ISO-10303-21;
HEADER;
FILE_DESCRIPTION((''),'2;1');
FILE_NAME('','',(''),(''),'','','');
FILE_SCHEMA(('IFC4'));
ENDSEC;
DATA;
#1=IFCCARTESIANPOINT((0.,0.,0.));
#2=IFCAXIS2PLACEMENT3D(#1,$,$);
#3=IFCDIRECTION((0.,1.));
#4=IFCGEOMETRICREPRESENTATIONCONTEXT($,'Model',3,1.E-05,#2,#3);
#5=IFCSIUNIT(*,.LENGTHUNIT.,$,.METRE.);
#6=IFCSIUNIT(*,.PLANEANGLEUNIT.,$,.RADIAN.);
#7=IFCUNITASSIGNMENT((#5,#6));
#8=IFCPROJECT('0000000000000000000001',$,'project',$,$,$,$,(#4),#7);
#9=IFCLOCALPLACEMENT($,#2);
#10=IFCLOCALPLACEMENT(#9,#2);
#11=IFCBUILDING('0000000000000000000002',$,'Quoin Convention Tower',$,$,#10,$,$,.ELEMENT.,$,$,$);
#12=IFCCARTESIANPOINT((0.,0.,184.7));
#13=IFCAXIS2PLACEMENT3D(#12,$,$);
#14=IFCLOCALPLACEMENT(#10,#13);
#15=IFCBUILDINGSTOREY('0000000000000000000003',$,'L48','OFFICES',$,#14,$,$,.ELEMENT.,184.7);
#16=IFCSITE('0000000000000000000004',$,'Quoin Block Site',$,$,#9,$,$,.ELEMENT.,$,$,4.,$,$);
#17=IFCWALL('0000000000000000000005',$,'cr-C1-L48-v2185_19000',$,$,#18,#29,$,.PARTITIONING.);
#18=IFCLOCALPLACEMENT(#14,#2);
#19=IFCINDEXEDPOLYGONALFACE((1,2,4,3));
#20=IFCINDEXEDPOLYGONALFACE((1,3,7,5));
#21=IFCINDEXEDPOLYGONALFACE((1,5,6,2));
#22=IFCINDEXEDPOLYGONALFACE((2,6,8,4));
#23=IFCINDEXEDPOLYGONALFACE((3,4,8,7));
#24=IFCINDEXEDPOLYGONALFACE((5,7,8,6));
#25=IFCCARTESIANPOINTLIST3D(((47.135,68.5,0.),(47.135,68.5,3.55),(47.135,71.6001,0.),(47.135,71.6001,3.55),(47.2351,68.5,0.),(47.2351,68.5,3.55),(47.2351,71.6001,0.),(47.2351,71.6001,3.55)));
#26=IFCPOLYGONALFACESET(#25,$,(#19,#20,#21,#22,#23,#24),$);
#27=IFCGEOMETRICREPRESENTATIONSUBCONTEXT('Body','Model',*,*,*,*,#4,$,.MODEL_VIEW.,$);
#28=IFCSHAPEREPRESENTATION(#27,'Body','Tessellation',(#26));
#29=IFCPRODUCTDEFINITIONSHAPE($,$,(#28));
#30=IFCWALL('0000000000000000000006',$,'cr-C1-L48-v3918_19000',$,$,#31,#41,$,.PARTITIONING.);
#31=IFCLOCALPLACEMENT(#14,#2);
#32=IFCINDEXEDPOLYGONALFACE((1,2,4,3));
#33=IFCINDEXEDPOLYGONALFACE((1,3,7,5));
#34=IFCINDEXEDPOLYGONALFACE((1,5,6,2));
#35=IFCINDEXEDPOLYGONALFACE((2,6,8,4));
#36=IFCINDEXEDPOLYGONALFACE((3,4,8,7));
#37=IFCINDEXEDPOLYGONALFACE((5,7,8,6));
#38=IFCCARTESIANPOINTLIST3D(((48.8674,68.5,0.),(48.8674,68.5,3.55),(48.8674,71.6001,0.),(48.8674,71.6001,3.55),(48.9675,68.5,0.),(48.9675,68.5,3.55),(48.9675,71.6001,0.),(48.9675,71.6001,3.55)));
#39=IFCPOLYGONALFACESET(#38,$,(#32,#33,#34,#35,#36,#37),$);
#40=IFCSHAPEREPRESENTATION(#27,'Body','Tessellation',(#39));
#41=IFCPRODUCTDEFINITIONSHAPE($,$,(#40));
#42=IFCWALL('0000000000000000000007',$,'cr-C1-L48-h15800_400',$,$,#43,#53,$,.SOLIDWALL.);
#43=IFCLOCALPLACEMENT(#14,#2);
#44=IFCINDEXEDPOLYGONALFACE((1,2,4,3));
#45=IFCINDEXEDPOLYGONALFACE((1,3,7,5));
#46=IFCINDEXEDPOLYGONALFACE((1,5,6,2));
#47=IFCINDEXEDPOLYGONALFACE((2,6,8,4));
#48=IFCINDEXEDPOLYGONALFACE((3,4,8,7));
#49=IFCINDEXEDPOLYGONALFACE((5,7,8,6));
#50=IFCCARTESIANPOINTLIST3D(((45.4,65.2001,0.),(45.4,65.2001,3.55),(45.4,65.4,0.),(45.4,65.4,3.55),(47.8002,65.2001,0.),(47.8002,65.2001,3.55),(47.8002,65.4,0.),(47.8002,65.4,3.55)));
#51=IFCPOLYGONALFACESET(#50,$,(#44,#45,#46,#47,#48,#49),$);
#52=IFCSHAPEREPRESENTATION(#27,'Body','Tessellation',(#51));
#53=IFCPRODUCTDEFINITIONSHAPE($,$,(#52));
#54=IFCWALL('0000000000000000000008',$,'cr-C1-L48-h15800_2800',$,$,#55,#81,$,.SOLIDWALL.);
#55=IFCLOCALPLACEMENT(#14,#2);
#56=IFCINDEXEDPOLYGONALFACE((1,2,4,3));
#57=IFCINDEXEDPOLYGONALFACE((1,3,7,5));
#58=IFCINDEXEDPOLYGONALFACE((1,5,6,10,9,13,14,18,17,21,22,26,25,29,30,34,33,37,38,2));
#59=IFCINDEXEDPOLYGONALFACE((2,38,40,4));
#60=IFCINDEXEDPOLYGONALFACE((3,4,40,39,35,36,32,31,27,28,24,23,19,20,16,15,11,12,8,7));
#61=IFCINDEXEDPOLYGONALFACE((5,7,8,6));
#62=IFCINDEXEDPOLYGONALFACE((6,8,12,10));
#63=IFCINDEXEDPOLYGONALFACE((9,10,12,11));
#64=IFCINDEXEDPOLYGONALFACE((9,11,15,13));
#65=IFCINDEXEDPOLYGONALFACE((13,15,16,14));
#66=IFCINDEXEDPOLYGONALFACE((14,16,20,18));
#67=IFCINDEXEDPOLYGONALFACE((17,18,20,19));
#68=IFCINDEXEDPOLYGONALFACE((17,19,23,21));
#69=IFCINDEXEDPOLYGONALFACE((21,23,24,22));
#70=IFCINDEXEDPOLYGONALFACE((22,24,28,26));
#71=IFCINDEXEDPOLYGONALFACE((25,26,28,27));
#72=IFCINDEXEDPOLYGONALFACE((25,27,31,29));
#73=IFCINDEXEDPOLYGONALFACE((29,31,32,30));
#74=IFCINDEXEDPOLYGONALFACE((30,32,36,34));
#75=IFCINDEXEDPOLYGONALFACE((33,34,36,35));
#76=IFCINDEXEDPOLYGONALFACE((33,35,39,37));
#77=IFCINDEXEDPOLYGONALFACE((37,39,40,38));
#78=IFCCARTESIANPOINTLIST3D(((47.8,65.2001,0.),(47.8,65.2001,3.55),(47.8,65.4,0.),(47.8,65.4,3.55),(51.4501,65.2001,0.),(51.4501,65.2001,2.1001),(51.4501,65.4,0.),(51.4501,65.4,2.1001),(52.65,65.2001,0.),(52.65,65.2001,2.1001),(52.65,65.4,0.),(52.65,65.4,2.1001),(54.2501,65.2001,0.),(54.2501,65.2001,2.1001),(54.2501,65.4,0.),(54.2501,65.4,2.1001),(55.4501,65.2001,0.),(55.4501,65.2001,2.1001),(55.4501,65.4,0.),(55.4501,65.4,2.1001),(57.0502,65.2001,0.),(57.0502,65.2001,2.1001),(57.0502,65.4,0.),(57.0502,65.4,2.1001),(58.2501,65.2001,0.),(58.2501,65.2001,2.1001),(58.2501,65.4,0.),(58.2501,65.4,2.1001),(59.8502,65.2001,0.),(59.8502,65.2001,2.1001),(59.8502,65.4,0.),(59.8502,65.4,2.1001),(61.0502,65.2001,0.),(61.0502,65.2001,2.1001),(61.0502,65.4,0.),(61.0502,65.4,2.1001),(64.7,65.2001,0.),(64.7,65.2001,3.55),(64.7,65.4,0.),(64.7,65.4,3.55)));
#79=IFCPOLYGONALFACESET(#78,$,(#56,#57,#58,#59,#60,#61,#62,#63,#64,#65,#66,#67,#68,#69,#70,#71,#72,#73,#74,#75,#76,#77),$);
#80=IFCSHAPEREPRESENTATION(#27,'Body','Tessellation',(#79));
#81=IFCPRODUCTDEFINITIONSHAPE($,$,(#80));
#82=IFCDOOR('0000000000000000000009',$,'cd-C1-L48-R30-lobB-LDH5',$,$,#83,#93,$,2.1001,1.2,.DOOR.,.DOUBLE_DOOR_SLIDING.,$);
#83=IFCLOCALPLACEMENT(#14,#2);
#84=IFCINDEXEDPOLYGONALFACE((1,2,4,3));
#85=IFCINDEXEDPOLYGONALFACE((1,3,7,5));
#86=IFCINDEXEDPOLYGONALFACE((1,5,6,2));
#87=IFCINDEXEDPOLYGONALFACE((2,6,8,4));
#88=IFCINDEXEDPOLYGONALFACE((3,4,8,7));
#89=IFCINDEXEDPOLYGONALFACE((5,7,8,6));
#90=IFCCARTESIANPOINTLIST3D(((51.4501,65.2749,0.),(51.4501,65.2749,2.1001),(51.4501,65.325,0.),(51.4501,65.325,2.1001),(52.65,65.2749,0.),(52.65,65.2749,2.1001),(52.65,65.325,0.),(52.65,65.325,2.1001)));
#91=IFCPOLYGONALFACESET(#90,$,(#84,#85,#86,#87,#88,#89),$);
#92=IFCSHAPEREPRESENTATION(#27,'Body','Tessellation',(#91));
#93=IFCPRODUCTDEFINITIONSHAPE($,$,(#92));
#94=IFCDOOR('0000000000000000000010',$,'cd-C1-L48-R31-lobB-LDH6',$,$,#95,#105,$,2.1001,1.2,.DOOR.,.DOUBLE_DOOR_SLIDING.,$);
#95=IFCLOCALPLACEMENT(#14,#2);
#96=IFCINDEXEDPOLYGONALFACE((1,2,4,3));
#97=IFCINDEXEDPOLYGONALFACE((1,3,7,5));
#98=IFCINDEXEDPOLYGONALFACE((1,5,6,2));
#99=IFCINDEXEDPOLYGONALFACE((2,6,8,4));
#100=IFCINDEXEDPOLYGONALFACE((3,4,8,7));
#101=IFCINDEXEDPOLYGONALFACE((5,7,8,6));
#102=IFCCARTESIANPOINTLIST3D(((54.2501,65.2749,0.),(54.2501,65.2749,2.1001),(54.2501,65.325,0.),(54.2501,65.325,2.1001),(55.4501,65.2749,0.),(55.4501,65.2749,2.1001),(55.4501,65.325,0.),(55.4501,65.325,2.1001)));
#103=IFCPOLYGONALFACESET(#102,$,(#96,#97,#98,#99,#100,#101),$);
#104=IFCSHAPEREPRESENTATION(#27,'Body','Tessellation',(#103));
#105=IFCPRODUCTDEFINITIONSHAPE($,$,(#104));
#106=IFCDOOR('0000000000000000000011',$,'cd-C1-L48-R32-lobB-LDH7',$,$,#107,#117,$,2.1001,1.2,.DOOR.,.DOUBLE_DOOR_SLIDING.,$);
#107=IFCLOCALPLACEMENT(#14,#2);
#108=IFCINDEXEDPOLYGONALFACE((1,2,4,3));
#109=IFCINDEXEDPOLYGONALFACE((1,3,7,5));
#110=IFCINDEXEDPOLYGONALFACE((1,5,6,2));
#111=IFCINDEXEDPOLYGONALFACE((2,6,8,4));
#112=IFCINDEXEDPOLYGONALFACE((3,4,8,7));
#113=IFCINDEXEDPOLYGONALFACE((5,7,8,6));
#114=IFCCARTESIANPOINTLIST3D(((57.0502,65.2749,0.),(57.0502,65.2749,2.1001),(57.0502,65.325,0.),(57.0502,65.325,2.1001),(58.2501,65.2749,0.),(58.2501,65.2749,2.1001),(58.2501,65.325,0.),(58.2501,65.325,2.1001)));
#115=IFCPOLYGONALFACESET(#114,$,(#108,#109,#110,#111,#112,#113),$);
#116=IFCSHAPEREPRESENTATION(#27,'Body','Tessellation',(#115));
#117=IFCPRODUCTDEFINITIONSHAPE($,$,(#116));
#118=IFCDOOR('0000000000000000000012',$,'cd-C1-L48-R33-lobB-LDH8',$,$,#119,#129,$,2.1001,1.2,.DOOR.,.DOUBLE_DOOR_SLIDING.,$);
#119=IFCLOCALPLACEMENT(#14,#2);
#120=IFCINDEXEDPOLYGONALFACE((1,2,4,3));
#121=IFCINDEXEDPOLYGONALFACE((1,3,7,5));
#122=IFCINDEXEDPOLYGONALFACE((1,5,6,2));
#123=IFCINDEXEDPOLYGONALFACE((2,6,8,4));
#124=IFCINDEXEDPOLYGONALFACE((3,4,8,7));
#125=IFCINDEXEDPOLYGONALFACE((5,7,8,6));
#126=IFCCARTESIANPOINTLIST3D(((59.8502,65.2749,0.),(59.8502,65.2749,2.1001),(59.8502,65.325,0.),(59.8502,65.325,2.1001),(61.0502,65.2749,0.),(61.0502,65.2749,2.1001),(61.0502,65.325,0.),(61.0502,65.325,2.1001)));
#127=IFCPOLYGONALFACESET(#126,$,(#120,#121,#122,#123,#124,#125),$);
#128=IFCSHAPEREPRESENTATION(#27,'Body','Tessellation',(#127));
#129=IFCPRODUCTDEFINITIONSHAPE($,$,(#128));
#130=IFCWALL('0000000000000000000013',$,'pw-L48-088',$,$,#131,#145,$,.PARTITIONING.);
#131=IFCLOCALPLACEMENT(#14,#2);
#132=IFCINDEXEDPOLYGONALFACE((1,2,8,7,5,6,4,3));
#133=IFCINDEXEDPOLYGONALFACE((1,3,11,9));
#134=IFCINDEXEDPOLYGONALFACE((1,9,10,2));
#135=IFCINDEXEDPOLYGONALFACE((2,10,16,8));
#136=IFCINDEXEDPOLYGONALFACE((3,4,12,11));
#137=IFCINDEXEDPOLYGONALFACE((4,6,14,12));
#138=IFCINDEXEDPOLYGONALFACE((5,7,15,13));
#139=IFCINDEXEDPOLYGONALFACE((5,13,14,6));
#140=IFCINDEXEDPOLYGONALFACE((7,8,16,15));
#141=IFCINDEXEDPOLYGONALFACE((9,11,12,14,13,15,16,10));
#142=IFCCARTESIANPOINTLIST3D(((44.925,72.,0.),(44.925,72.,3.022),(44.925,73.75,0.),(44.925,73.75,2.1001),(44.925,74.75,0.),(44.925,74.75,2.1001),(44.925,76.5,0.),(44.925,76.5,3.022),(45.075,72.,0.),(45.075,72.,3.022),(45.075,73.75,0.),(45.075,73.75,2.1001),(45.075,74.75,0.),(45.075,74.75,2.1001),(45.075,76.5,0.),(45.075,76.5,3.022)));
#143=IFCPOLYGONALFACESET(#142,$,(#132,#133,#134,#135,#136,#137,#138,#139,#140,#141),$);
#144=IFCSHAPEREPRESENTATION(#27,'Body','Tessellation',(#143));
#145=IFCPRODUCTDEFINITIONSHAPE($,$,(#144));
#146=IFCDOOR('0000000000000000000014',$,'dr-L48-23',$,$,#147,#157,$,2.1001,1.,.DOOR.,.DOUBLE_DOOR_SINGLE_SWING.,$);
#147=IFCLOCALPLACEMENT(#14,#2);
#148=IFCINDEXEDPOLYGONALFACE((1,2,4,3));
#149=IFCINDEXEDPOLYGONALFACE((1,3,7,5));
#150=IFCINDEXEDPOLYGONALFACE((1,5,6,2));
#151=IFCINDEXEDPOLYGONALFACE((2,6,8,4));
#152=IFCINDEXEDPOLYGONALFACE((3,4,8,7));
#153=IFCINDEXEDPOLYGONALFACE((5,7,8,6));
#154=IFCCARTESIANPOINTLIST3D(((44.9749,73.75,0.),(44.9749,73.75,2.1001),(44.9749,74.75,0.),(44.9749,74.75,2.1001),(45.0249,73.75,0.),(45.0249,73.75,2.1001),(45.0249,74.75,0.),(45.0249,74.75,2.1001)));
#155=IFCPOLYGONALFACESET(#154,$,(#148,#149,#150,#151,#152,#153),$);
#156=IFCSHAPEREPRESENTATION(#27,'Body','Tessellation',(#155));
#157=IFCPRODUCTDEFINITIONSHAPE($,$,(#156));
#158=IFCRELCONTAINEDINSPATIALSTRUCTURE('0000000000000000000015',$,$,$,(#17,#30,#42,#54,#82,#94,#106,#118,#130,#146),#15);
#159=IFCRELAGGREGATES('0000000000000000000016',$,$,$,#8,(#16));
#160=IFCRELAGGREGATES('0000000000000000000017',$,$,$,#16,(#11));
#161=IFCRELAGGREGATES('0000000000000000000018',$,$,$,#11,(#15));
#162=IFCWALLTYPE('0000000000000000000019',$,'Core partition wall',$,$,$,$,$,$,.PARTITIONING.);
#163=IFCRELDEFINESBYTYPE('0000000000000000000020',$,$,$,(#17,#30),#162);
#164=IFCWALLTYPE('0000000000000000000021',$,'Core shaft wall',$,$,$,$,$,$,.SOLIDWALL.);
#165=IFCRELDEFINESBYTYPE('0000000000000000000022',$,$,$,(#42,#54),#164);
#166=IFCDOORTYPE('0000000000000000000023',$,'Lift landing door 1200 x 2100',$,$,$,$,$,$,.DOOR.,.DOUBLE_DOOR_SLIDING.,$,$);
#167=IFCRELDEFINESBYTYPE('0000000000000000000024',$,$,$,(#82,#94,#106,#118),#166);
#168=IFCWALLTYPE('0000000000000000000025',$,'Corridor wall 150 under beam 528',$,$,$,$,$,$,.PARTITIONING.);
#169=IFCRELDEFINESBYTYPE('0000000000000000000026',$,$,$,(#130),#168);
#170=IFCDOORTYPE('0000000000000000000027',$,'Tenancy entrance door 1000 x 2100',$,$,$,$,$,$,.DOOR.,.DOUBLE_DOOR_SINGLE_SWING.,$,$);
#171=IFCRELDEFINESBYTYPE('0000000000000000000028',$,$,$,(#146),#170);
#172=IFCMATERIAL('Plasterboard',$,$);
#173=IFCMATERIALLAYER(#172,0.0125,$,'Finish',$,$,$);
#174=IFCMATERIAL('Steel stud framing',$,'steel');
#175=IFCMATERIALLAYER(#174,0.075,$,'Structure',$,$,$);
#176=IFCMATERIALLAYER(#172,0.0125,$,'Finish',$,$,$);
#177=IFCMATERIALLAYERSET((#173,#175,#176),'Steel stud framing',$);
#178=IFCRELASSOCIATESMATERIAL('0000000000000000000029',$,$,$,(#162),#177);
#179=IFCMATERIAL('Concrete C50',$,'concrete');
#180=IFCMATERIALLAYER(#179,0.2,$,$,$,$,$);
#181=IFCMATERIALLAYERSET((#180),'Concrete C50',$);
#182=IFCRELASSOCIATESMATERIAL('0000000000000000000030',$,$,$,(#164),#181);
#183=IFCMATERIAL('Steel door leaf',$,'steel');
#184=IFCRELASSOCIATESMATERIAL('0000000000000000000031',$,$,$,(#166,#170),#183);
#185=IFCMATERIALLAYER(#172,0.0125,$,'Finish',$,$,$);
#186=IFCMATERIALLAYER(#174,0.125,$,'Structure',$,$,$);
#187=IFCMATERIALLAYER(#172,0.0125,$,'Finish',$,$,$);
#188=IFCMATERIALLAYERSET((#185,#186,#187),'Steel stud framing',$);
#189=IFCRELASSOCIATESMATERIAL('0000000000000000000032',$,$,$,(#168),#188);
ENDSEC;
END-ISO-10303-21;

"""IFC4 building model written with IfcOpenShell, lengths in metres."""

from ifc_helpers import new_model, si_unit, direction, frame, frame_2d, origin, place, context, subcontext, project, spatial, rectangle, extrude, material, layer, layer_set, type_object, element, fill, save


model = new_model("IFC4")

# Units and contexts
model_context = context("Model", 3, precision=1e-05, world=origin(), true_north=direction((0.0, 1.0)))
body_context = subcontext(model_context, "Body", "Model", "MODEL_VIEW")
ifc_project = project(units=[si_unit("LENGTHUNIT", "METRE"), si_unit("PLANEANGLEUNIT", "RADIAN")], contexts=[model_context])

# Site, building, storey
site_placement = place(None, origin())
site = spatial("IfcSite", under=ifc_project, at=site_placement, Name="Quoin Block Site", CompositionType="ELEMENT", RefElevation=4.0)
building_placement = place(site_placement, origin())
building = spatial("IfcBuilding", under=site, at=building_placement, Name="Quoin Convention Tower", CompositionType="ELEMENT")
storey_placement = place(building_placement, frame((0.0, 0.0, 184.7)))
storey = spatial("IfcBuildingStorey", under=building, at=storey_placement, Name="L48", Description="OFFICES", CompositionType="ELEMENT", Elevation=184.7)

# Shared definitions
ifc_material_1 = material(Name="Plasterboard")
ifc_material_2 = material(Name="Steel stud framing", Category="steel")
ifc_material_3 = material(Name="Steel door leaf", Category="steel")

# Shared definitions
ifc_layer_1 = layer(ifc_material_1, 0.0125, Name="Finish")
ifc_layer_2 = layer(ifc_material_2, 0.075, Name="Structure")
ifc_layer_3 = layer(ifc_material_1, 0.0125, Name="Finish")
ifc_layer_set_1 = layer_set([ifc_layer_1, ifc_layer_2, ifc_layer_3], Name="Steel stud framing")
wall_type_1 = type_object("IfcWallType", Name="Core partition wall", PredefinedType="PARTITIONING", material=ifc_layer_set_1)

# Walls
for number, where, z_axis, x_axis, name in (
    (1, (47.1851, 68.5, 0.0), (0.0, 0.0, 1.0), (0.0, 1.0, 0.0), "cr-C1-L48-v2185_19000"),
    (2, (48.9175, 68.5, 0.0), (0.0, 0.0, 1.0), (0.0, 1.0, 0.0), "cr-C1-L48-v3918_19000"),
):
    element("IfcWall", number, at=place(storey_placement, frame(where, z_axis=z_axis, x_axis=x_axis)), inside=storey, type_object=wall_type_1, Name=name, PredefinedType="PARTITIONING", context=body_context, shape_type="SweptSolid", body=[
        extrude(rectangle(XDim=3.1001, YDim=0.1001, at=frame_2d((1.55, 0.0))), origin(), (0.0, 0.0, 1.0), 3.55),
    ])
ifc_material_4 = material(Name="Concrete C50", Category="concrete")
ifc_layer_4 = layer(ifc_material_4, 0.2)
ifc_layer_set_2 = layer_set([ifc_layer_4], Name="Concrete C50")
wall_type_2 = type_object("IfcWallType", Name="Core shaft wall", PredefinedType="SOLIDWALL", material=ifc_layer_set_2)
wall_1_placement = place(storey_placement, frame((45.3999, 65.3, 0.0), z_axis=(0.0, 0.0, 1.0), x_axis=(1.0, 0.0, 0.0)))
element("IfcWall", 3, at=wall_1_placement, inside=storey, type_object=wall_type_2, Name="cr-C1-L48-h15800_400", PredefinedType="SOLIDWALL", context=body_context, shape_type="SweptSolid", body=[
    extrude(rectangle(XDim=2.4001, YDim=0.2, at=frame_2d((1.2002, 0.0))), origin(), (0.0, 0.0, 1.0), 3.55),
])

# Wall, openings, doors
wall_2_placement = place(storey_placement, frame((47.8, 65.3, 0.0), z_axis=(0.0, 0.0, 1.0), x_axis=(1.0, 0.0, 0.0)))
wall_2 = element("IfcWall", 4, at=wall_2_placement, inside=storey, type_object=wall_type_2, Name="cr-C1-L48-h15800_2800", PredefinedType="SOLIDWALL", context=body_context, shape_type="SweptSolid", body=[
    extrude(rectangle(XDim=16.8999, YDim=0.2, at=frame_2d((8.45, 0.0))), origin(), (0.0, 0.0, 1.0), 3.55),
])
opening_1_placement = place(wall_2_placement, frame((3.6499, 0.0, 0.0)))
opening_1 = element("IfcOpeningElement", 5, at=opening_1_placement, cuts=wall_2, PredefinedType="OPENING", context=body_context, shape_type="SweptSolid", body=[
    extrude(rectangle(XDim=1.2, YDim=2.1001, at=frame_2d((0.6001, 1.05))), frame((0.0, 0.1099, 0.0), z_axis=(0.0, -1.0, 0.0), x_axis=(1.0, 0.0, 0.0)), (0.0, 0.0, 1.0), 0.22),
])
opening_2_placement = place(wall_2_placement, frame((6.45, 0.0, 0.0)))
opening_2 = element("IfcOpeningElement", 6, at=opening_2_placement, cuts=wall_2, PredefinedType="OPENING", context=body_context, shape_type="SweptSolid", body=[
    extrude(rectangle(XDim=1.2, YDim=2.1001, at=frame_2d((0.6001, 1.05))), frame((0.0, 0.1099, 0.0), z_axis=(0.0, -1.0, 0.0), x_axis=(1.0, 0.0, 0.0)), (0.0, 0.0, 1.0), 0.22),
])
opening_3_placement = place(wall_2_placement, frame((9.25, 0.0, 0.0)))
opening_3 = element("IfcOpeningElement", 7, at=opening_3_placement, cuts=wall_2, PredefinedType="OPENING", context=body_context, shape_type="SweptSolid", body=[
    extrude(rectangle(XDim=1.2, YDim=2.1001, at=frame_2d((0.6001, 1.05))), frame((0.0, 0.1099, 0.0), z_axis=(0.0, -1.0, 0.0), x_axis=(1.0, 0.0, 0.0)), (0.0, 0.0, 1.0), 0.22),
])
opening_4_placement = place(wall_2_placement, frame((12.05, 0.0, 0.0)))
opening_4 = element("IfcOpeningElement", 8, at=opening_4_placement, cuts=wall_2, PredefinedType="OPENING", context=body_context, shape_type="SweptSolid", body=[
    extrude(rectangle(XDim=1.2, YDim=2.1001, at=frame_2d((0.6001, 1.05))), frame((0.0, 0.1099, 0.0), z_axis=(0.0, -1.0, 0.0), x_axis=(1.0, 0.0, 0.0)), (0.0, 0.0, 1.0), 0.22),
])
door_type_1 = type_object("IfcDoorType", Name="Lift landing door 1200 x 2100", OperationType="DOUBLE_DOOR_SLIDING", PredefinedType="DOOR", material=ifc_material_3)
door_1_placement = place(opening_1_placement, origin())
door_1 = element("IfcDoor", 9, at=door_1_placement, inside=storey, type_object=door_type_1, Name="cd-C1-L48-R30-lobB-LDH5", OperationType="DOUBLE_DOOR_SLIDING", OverallHeight=2.1001, OverallWidth=1.2, PredefinedType="DOOR", context=body_context, shape_type="SweptSolid", body=[
    extrude(rectangle(XDim=1.2, YDim=2.1001, at=frame_2d((0.6001, 1.05))), frame((0.0, 0.0249, 0.0), z_axis=(0.0, -1.0, 0.0), x_axis=(1.0, 0.0, 0.0)), (0.0, 0.0, 1.0), 0.05),
])
fill(opening_1, door_1)
door_2_placement = place(opening_2_placement, origin())
door_2 = element("IfcDoor", 10, at=door_2_placement, inside=storey, type_object=door_type_1, Name="cd-C1-L48-R31-lobB-LDH6", OperationType="DOUBLE_DOOR_SLIDING", OverallHeight=2.1001, OverallWidth=1.2, PredefinedType="DOOR", context=body_context, shape_type="SweptSolid", body=[
    extrude(rectangle(XDim=1.2, YDim=2.1001, at=frame_2d((0.6001, 1.05))), frame((0.0, 0.0249, 0.0), z_axis=(0.0, -1.0, 0.0), x_axis=(1.0, 0.0, 0.0)), (0.0, 0.0, 1.0), 0.05),
])
fill(opening_2, door_2)
door_3_placement = place(opening_3_placement, origin())
door_3 = element("IfcDoor", 11, at=door_3_placement, inside=storey, type_object=door_type_1, Name="cd-C1-L48-R32-lobB-LDH7", OperationType="DOUBLE_DOOR_SLIDING", OverallHeight=2.1001, OverallWidth=1.2, PredefinedType="DOOR", context=body_context, shape_type="SweptSolid", body=[
    extrude(rectangle(XDim=1.2, YDim=2.1001, at=frame_2d((0.6001, 1.05))), frame((0.0, 0.0249, 0.0), z_axis=(0.0, -1.0, 0.0), x_axis=(1.0, 0.0, 0.0)), (0.0, 0.0, 1.0), 0.05),
])
fill(opening_3, door_3)
door_4_placement = place(opening_4_placement, origin())
door_4 = element("IfcDoor", 12, at=door_4_placement, inside=storey, type_object=door_type_1, Name="cd-C1-L48-R33-lobB-LDH8", OperationType="DOUBLE_DOOR_SLIDING", OverallHeight=2.1001, OverallWidth=1.2, PredefinedType="DOOR", context=body_context, shape_type="SweptSolid", body=[
    extrude(rectangle(XDim=1.2, YDim=2.1001, at=frame_2d((0.6001, 1.05))), frame((0.0, 0.0249, 0.0), z_axis=(0.0, -1.0, 0.0), x_axis=(1.0, 0.0, 0.0)), (0.0, 0.0, 1.0), 0.05),
])
fill(opening_4, door_4)

# Wall, opening, door
ifc_layer_5 = layer(ifc_material_1, 0.0125, Name="Finish")
ifc_layer_6 = layer(ifc_material_2, 0.125, Name="Structure")
ifc_layer_7 = layer(ifc_material_1, 0.0125, Name="Finish")
ifc_layer_set_3 = layer_set([ifc_layer_5, ifc_layer_6, ifc_layer_7], Name="Steel stud framing")
wall_type_3 = type_object("IfcWallType", Name="Corridor wall 150 under beam 528", PredefinedType="PARTITIONING", material=ifc_layer_set_3)
wall_3_placement = place(storey_placement, frame((45.0, 72.0, 0.0), z_axis=(0.0, 0.0, 1.0), x_axis=(0.0, 1.0, 0.0)))
wall_3 = element("IfcWall", 13, at=wall_3_placement, inside=storey, type_object=wall_type_3, Name="pw-L48-088", PredefinedType="PARTITIONING", context=body_context, shape_type="SweptSolid", body=[
    extrude(rectangle(XDim=4.5, YDim=0.1499, at=frame_2d((2.25, 0.0))), origin(), (0.0, 0.0, 1.0), 3.022),
])
opening_5_placement = place(wall_3_placement, frame((1.75, 0.0, 0.0)))
opening_5 = element("IfcOpeningElement", 14, at=opening_5_placement, cuts=wall_3, PredefinedType="OPENING", context=body_context, shape_type="SweptSolid", body=[
    extrude(rectangle(XDim=1.0, YDim=2.1001, at=frame_2d((0.5, 1.05))), frame((0.0, 0.085, 0.0), z_axis=(0.0, -1.0, 0.0), x_axis=(1.0, 0.0, 0.0)), (0.0, 0.0, 1.0), 0.1699),
])
door_type_2 = type_object("IfcDoorType", Name="Tenancy entrance door 1000 x 2100", OperationType="DOUBLE_DOOR_SINGLE_SWING", PredefinedType="DOOR", material=ifc_material_3)
door_5_placement = place(opening_5_placement, frame((1.0, 0.0, 0.0), z_axis=(0.0, 0.0, 1.0), x_axis=(-1.0, 0.0, 0.0)))
door_5 = element("IfcDoor", 15, at=door_5_placement, inside=storey, type_object=door_type_2, Name="dr-L48-23", OperationType="DOUBLE_DOOR_SINGLE_SWING", OverallHeight=2.1001, OverallWidth=1.0, PredefinedType="DOOR", context=body_context, shape_type="SweptSolid", body=[
    extrude(rectangle(XDim=1.0, YDim=2.1001, at=frame_2d((0.5, 1.05))), frame((0.0, 0.0249, 0.0), z_axis=(0.0, -1.0, 0.0), x_axis=(1.0, 0.0, 0.0)), (0.0, 0.0, 1.0), 0.05),
])
fill(opening_5, door_5)

save(model, "model.ifc")
